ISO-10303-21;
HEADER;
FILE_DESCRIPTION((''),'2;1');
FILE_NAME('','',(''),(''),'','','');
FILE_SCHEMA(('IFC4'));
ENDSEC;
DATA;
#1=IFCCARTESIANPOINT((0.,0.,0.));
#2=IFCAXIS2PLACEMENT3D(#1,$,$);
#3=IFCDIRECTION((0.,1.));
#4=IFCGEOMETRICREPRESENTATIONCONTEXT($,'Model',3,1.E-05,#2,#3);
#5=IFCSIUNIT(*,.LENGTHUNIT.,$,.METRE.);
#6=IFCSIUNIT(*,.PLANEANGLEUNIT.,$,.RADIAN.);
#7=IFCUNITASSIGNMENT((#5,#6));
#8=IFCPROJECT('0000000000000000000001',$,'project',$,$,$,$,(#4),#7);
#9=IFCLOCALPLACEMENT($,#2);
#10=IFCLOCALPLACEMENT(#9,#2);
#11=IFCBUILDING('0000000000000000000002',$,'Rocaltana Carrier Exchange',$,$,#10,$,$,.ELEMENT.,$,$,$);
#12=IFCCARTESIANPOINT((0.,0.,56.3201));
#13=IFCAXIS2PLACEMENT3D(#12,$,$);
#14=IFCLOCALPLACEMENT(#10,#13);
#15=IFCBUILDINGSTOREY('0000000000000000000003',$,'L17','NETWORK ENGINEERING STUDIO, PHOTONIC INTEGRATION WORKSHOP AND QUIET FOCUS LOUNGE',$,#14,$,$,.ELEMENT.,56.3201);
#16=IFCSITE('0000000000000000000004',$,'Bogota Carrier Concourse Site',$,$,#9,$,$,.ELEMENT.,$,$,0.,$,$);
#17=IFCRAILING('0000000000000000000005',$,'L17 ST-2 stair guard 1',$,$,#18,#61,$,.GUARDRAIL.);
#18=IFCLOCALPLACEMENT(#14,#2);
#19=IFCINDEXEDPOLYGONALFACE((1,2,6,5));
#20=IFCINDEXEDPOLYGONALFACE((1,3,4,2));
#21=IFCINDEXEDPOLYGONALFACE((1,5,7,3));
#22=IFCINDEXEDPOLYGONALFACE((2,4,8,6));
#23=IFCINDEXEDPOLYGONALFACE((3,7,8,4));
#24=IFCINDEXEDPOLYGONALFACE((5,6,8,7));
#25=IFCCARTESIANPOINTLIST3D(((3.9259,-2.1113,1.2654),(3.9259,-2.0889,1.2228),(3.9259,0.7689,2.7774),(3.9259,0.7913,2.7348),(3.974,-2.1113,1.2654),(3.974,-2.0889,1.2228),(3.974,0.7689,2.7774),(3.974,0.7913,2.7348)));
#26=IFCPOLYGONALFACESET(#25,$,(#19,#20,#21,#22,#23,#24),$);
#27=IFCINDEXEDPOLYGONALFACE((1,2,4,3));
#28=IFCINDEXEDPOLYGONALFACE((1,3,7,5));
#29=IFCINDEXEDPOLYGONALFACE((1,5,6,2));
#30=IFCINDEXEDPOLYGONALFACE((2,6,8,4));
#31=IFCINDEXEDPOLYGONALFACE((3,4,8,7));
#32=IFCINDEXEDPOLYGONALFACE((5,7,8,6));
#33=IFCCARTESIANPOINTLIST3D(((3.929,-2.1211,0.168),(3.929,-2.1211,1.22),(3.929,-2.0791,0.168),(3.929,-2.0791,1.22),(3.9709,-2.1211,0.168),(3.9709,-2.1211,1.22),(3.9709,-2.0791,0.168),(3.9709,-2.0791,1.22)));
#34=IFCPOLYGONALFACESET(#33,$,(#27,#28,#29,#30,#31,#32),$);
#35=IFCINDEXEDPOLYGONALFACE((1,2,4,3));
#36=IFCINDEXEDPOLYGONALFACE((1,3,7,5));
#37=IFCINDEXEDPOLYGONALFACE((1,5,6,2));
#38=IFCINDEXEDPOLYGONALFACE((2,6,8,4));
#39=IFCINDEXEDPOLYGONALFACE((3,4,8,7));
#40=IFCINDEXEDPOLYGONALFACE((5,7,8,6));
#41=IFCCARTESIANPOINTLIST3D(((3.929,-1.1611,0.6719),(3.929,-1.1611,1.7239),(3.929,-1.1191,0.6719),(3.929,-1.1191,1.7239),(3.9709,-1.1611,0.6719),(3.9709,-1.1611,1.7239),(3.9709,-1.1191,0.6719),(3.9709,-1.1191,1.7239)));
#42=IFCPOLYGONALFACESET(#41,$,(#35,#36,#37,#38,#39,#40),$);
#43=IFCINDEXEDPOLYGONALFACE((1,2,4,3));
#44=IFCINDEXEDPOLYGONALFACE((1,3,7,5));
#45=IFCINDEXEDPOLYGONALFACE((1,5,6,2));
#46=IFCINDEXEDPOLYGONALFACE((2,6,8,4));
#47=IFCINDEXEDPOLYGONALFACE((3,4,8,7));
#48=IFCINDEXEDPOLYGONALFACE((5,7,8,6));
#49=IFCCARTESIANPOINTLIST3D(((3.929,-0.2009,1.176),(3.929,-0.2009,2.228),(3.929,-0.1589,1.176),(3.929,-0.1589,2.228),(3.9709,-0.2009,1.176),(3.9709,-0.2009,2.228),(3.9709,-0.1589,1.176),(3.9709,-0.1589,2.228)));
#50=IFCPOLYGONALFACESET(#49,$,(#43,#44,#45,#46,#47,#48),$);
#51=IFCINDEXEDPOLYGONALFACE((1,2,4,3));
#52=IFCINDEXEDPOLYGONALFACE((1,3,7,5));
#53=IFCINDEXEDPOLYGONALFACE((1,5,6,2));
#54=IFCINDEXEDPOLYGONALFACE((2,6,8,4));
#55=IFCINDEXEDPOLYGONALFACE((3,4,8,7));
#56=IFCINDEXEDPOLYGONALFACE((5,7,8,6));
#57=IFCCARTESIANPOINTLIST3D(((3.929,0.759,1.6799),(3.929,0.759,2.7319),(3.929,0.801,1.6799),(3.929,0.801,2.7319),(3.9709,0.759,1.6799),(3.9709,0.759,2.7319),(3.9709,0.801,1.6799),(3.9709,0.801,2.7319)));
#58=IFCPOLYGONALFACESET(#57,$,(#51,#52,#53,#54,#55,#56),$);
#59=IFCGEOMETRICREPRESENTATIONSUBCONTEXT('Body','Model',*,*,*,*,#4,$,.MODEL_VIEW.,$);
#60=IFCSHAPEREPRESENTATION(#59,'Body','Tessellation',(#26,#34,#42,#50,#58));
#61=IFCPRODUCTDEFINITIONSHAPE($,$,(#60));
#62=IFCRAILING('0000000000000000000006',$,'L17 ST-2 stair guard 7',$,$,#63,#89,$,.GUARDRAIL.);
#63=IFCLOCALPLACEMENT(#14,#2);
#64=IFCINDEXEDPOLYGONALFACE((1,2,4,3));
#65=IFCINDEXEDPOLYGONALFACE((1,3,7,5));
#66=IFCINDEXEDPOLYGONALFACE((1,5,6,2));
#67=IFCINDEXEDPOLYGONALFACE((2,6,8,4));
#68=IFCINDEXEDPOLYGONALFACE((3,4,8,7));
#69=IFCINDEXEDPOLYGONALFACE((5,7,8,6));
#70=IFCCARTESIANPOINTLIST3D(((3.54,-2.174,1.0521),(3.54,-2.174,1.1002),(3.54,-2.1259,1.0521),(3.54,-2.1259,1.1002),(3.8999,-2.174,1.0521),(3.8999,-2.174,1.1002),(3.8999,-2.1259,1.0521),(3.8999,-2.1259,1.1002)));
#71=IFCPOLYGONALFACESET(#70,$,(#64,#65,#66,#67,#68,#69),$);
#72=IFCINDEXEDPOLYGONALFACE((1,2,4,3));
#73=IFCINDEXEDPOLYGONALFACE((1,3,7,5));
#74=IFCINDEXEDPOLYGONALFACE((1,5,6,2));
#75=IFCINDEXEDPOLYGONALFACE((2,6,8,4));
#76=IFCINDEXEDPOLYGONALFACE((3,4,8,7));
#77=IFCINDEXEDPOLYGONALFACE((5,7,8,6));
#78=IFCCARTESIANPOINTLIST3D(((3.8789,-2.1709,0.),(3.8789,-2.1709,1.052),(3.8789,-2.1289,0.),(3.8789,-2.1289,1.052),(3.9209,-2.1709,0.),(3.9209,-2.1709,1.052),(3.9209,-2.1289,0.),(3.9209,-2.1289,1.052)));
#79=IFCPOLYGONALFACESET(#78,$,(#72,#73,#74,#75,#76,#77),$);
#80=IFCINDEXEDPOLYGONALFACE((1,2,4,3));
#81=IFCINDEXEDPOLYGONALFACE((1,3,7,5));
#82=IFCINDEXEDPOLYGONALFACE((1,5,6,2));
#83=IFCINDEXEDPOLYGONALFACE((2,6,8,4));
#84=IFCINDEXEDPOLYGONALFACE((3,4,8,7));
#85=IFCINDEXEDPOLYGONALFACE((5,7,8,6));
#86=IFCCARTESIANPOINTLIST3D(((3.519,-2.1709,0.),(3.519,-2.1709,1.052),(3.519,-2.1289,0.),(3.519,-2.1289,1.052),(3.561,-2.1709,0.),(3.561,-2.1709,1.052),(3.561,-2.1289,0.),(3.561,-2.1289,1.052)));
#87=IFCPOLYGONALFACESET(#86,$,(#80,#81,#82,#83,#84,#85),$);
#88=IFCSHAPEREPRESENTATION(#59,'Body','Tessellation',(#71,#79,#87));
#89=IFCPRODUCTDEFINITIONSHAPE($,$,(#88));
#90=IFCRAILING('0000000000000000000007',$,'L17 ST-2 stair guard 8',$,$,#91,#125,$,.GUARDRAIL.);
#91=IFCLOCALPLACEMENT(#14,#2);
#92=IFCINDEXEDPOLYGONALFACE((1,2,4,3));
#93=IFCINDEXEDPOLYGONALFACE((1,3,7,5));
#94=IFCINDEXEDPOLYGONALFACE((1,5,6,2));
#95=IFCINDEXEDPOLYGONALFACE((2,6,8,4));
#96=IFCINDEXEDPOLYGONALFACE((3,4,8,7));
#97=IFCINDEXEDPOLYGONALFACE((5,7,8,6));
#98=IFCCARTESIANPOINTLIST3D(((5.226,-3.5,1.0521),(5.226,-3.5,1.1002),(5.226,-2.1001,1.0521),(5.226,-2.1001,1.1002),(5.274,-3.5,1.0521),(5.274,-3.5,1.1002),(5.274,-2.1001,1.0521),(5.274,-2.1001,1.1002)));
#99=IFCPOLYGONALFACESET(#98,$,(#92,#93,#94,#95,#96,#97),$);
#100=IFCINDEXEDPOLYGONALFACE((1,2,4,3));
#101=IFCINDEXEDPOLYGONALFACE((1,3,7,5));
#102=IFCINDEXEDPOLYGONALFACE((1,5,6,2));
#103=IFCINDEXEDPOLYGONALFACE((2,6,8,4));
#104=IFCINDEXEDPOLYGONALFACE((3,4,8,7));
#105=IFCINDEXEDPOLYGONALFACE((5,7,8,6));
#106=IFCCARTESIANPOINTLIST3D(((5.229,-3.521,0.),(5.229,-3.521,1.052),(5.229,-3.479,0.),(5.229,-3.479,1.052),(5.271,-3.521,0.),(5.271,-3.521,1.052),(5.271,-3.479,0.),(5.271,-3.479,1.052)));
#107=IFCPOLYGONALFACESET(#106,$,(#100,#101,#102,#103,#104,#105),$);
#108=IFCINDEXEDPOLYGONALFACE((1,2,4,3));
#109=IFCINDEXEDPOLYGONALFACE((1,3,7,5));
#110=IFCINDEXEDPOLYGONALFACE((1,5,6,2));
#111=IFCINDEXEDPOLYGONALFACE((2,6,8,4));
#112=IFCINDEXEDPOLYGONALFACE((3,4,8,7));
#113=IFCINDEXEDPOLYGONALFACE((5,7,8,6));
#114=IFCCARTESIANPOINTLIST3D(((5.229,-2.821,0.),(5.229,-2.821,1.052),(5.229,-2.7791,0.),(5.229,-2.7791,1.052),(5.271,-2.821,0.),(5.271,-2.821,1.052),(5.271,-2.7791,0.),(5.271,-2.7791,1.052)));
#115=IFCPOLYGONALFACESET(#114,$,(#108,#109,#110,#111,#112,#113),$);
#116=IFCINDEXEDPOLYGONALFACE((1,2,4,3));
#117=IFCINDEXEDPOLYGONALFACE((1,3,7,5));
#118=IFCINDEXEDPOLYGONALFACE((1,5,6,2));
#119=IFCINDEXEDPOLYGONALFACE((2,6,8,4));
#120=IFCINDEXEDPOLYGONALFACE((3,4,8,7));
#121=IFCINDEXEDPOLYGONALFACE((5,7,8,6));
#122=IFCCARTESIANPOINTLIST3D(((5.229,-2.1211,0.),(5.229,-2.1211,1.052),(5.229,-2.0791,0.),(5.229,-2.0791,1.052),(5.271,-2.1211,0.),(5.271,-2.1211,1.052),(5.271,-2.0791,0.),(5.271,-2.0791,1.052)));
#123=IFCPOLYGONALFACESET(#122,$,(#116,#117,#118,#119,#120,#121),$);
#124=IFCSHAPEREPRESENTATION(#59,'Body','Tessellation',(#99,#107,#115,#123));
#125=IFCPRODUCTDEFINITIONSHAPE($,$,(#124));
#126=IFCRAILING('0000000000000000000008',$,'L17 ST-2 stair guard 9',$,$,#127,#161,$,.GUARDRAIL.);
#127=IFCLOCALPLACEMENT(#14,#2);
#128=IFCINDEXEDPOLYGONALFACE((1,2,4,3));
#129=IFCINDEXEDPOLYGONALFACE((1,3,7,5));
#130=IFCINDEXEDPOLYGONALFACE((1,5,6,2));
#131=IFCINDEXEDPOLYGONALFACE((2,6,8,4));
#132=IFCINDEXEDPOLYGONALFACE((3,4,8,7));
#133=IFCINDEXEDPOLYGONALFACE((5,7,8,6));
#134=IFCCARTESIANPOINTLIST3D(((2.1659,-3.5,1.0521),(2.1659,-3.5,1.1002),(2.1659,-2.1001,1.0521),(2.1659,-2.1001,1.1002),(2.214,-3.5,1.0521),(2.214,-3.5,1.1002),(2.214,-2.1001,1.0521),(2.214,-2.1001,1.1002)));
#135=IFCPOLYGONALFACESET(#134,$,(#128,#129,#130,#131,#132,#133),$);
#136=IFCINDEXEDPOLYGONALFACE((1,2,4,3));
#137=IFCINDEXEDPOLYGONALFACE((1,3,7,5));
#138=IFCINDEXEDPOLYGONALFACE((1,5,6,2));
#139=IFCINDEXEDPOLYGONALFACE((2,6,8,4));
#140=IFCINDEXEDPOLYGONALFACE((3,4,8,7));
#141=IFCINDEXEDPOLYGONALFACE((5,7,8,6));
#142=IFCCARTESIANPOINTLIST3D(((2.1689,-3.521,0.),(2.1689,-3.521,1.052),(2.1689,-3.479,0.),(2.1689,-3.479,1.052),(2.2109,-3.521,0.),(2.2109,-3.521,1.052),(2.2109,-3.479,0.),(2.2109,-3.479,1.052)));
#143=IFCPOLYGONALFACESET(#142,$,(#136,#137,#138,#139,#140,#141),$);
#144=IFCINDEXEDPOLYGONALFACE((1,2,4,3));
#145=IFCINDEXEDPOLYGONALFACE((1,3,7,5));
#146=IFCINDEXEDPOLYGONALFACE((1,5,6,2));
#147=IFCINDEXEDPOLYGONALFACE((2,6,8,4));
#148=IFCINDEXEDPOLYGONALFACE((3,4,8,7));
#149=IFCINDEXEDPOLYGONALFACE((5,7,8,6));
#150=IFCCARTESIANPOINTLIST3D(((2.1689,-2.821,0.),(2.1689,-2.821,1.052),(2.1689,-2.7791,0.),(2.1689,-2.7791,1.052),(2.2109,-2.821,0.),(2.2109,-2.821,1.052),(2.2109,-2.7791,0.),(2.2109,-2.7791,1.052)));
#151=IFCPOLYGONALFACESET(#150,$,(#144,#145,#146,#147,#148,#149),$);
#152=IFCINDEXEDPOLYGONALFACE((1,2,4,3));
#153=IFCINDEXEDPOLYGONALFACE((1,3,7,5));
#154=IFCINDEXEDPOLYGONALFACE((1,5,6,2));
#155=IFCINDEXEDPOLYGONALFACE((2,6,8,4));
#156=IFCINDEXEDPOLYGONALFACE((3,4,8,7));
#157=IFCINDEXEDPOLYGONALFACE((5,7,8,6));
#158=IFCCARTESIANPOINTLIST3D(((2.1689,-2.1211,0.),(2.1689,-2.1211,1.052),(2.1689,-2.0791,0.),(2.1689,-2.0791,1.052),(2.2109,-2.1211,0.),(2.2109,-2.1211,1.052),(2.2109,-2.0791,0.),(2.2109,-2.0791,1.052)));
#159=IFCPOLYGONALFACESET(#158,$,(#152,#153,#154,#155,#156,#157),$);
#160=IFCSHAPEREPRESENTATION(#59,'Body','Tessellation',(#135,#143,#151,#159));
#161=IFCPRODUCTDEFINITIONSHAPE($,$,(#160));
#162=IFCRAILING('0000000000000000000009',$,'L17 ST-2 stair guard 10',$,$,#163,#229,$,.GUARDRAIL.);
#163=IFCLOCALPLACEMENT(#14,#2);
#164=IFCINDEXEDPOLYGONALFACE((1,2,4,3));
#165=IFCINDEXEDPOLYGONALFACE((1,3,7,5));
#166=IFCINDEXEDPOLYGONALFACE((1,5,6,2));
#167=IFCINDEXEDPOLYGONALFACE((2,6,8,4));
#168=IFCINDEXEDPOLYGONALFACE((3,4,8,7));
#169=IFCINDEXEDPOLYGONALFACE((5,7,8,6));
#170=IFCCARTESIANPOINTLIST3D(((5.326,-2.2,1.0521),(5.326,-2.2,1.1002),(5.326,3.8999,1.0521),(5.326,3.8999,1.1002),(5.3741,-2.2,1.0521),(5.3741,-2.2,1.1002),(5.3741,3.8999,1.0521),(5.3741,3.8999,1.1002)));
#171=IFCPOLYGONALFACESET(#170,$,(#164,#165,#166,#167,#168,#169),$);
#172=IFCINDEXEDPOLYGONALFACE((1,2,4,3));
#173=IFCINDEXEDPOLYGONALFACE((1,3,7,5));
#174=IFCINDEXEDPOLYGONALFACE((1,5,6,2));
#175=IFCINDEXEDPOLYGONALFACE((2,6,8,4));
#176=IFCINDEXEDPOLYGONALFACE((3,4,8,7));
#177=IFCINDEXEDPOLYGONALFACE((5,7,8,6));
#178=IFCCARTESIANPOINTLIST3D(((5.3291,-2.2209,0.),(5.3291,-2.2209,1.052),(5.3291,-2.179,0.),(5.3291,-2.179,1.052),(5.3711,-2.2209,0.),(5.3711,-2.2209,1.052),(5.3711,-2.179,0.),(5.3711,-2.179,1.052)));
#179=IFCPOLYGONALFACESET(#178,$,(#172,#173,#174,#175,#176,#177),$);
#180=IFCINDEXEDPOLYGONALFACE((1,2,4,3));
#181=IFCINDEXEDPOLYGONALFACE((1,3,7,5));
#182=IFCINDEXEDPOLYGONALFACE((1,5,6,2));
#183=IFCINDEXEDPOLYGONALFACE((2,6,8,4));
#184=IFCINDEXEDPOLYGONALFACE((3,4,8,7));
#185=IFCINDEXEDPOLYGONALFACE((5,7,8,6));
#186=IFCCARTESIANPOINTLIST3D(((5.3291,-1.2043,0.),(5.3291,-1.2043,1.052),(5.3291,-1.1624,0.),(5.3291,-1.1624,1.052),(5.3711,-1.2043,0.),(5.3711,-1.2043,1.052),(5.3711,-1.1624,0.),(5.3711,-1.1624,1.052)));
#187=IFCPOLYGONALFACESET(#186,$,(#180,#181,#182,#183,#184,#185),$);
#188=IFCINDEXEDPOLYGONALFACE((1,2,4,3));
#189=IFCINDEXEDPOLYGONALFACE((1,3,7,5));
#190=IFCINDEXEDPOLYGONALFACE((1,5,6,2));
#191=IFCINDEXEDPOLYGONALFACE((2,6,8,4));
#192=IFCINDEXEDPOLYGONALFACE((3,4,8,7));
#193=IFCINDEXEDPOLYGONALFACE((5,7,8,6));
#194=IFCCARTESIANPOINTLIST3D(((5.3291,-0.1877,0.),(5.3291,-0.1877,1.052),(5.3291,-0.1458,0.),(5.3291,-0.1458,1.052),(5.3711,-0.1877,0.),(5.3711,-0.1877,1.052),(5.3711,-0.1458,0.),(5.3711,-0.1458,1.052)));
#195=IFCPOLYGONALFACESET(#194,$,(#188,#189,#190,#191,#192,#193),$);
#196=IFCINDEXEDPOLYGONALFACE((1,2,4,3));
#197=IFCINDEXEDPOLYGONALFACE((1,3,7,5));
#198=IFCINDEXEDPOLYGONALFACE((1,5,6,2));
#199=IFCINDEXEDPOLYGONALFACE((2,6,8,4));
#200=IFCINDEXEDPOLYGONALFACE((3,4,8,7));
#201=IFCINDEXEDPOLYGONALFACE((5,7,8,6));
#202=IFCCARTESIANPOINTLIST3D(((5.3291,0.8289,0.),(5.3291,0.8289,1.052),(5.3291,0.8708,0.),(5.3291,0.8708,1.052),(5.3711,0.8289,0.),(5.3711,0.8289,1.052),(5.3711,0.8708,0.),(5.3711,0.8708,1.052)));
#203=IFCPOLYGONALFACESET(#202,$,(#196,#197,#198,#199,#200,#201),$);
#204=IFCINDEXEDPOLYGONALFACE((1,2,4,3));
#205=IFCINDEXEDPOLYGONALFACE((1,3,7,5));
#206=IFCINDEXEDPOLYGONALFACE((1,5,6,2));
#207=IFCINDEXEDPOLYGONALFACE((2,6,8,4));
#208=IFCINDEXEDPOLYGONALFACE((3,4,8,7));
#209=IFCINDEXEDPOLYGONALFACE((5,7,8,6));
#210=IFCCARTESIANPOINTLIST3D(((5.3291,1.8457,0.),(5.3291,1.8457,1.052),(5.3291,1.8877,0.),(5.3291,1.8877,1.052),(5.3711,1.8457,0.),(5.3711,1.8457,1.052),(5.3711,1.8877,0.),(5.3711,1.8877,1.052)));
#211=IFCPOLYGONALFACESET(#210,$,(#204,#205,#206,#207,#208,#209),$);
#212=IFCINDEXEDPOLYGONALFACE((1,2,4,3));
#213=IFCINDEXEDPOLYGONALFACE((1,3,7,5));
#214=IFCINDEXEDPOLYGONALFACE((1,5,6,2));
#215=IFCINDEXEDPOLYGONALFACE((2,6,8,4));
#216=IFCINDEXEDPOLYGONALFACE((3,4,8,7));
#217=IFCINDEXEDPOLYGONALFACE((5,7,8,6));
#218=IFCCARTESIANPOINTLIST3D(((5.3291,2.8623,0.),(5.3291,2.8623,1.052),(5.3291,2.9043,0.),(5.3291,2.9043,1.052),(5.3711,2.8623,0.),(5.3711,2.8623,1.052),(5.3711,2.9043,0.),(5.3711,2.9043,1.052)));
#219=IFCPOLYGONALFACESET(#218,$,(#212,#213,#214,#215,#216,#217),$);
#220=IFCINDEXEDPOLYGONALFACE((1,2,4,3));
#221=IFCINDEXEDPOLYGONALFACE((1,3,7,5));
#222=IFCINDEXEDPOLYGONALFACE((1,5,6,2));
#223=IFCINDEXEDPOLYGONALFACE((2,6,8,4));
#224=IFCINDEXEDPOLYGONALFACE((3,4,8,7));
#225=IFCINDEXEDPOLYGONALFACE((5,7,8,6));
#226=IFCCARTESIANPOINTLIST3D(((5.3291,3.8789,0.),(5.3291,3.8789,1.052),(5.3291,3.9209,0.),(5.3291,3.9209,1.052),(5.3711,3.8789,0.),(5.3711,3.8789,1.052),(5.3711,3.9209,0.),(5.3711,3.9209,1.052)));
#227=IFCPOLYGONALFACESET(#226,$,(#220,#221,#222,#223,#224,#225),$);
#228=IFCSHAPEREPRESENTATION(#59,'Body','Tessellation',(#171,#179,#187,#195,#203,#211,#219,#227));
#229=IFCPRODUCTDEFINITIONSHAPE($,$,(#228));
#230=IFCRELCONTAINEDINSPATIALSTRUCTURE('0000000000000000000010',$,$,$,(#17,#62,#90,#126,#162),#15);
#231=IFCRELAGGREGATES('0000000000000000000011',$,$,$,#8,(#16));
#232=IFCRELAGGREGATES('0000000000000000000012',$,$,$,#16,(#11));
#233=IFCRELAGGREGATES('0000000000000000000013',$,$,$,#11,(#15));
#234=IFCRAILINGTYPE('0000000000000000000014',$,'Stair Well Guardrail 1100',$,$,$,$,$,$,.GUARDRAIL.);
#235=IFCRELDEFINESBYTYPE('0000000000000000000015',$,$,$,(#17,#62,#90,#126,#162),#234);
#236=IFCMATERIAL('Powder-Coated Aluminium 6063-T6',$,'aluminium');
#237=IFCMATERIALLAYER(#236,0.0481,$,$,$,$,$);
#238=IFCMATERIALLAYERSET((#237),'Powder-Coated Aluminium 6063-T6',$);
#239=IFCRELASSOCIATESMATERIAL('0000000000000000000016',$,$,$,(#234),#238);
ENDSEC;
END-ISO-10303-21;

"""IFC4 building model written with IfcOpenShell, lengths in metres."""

from ifc_helpers import new_model, si_unit, direction, frame, origin, origin_2d, place, context, subcontext, project, spatial, rectangle, extrude, material, layer, layer_set, type_object, element, save


model = new_model("IFC4")

# Units and contexts
model_context = context("Model", 3, precision=1e-05, world=origin(), true_north=direction((0.0, 1.0)))
body_context = subcontext(model_context, "Body", "Model", "MODEL_VIEW")
ifc_project = project(units=[si_unit("LENGTHUNIT", "METRE"), si_unit("PLANEANGLEUNIT", "RADIAN")], contexts=[model_context])

# Site, building, storey
site_placement = place(None, origin())
site = spatial("IfcSite", under=ifc_project, at=site_placement, Name="Bogota Carrier Concourse Site", CompositionType="ELEMENT", RefElevation=0.0)
building_placement = place(site_placement, origin())
building = spatial("IfcBuilding", under=site, at=building_placement, Name="Rocaltana Carrier Exchange", CompositionType="ELEMENT")
storey_placement = place(building_placement, frame((0.0, 0.0, 56.3201)))
storey = spatial("IfcBuildingStorey", under=building, at=storey_placement, Name="L17", Description="NETWORK ENGINEERING STUDIO, PHOTONIC INTEGRATION WORKSHOP AND QUIET FOCUS LOUNGE", CompositionType="ELEMENT", Elevation=56.3201)

# Railings
ifc_material_1 = material(Name="Powder-Coated Aluminium 6063-T6", Category="aluminium")
ifc_layer_1 = layer(ifc_material_1, 0.0481)
ifc_layer_set_1 = layer_set([ifc_layer_1], Name="Powder-Coated Aluminium 6063-T6")
railing_type_1 = type_object("IfcRailingType", Name="Stair Well Guardrail 1100", PredefinedType="GUARDRAIL", material=ifc_layer_set_1)
railing_1_placement = place(storey_placement, frame((3.95, -2.1001, 0.168)))
element("IfcRailing", 1, at=railing_1_placement, inside=storey, type_object=railing_type_1, Name="L17 ST-2 stair guard 1", PredefinedType="GUARDRAIL", context=body_context, shape_type="SweptSolid", body=[
    extrude(rectangle(XDim=0.0481, YDim=0.0481, at=origin_2d()), frame((0.0, 0.0, 1.0762), z_axis=(0.0, 0.885411, 0.464809), x_axis=(-1.0, 0.0, 0.0)), (0.0, 0.0, 1.0), 3.2529),
    extrude(rectangle(XDim=0.042, YDim=0.042, at=origin_2d()), origin(), (0.0, 0.0, 1.0), 1.052),
    extrude(rectangle(XDim=0.042, YDim=0.042, at=origin_2d()), frame((0.0, 0.96, 0.5039)), (0.0, 0.0, 1.0), 1.052),
    extrude(rectangle(XDim=0.042, YDim=0.042, at=origin_2d()), frame((0.0, 1.9202, 1.0081)), (0.0, 0.0, 1.0), 1.052),
    extrude(rectangle(XDim=0.042, YDim=0.042, at=origin_2d()), frame((0.0, 2.8801, 1.512)), (0.0, 0.0, 1.0), 1.052),
])
railing_2_placement = place(storey_placement, frame((3.8999, -2.1499, 0.0)))
element("IfcRailing", 2, at=railing_2_placement, inside=storey, type_object=railing_type_1, Name="L17 ST-2 stair guard 7", PredefinedType="GUARDRAIL", context=body_context, shape_type="SweptSolid", body=[
    extrude(rectangle(XDim=0.0481, YDim=0.0481, at=origin_2d()), frame((0.0, 0.0, 1.0762), z_axis=(-1.0, 0.0, 0.0), x_axis=(0.0, -1.0, 0.0)), (0.0, 0.0, 1.0), 0.3599),
    extrude(rectangle(XDim=0.042, YDim=0.042, at=origin_2d()), origin(), (0.0, 0.0, 1.0), 1.052),
    extrude(rectangle(XDim=0.042, YDim=0.042, at=origin_2d()), frame((-0.3599, 0.0, 0.0)), (0.0, 0.0, 1.0), 1.052),
])
for number, where, name in (
    (3, (5.25, -3.5, 0.0), "L17 ST-2 stair guard 8"),
    (4, (2.1899, -3.5, 0.0), "L17 ST-2 stair guard 9"),
):
    element("IfcRailing", number, at=place(storey_placement, frame(where)), inside=storey, type_object=railing_type_1, Name=name, PredefinedType="GUARDRAIL", context=body_context, shape_type="SweptSolid", body=[
        extrude(rectangle(XDim=0.0481, YDim=0.0481, at=origin_2d()), frame((0.0, 0.0, 1.0762), z_axis=(0.0, 1.0, 0.0), x_axis=(-1.0, 0.0, 0.0)), (0.0, 0.0, 1.0), 1.3999),
        extrude(rectangle(XDim=0.042, YDim=0.042, at=origin_2d()), origin(), (0.0, 0.0, 1.0), 1.052),
        extrude(rectangle(XDim=0.042, YDim=0.042, at=origin_2d()), frame((0.0, 0.7, 0.0)), (0.0, 0.0, 1.0), 1.052),
        extrude(rectangle(XDim=0.042, YDim=0.042, at=origin_2d()), frame((0.0, 1.3999, 0.0)), (0.0, 0.0, 1.0), 1.052),
    ])
for number, where, name in (
    (5, (5.3501, -2.2, 0.0), "L17 ST-2 stair guard 10"),
):
    element("IfcRailing", number, at=place(storey_placement, frame(where)), inside=storey, type_object=railing_type_1, Name=name, PredefinedType="GUARDRAIL", context=body_context, shape_type="SweptSolid", body=[
        extrude(rectangle(XDim=0.0481, YDim=0.0481, at=origin_2d()), frame((0.0, 0.0, 1.0762), z_axis=(0.0, 1.0, 0.0), x_axis=(-1.0, 0.0, 0.0)), (0.0, 0.0, 1.0), 6.0999),
        extrude(rectangle(XDim=0.042, YDim=0.042, at=origin_2d()), origin(), (0.0, 0.0, 1.0), 1.052),
        extrude(rectangle(XDim=0.042, YDim=0.042, at=origin_2d()), frame((0.0, 1.0166, 0.0)), (0.0, 0.0, 1.0), 1.052),
        extrude(rectangle(XDim=0.042, YDim=0.042, at=origin_2d()), frame((0.0, 2.0332, 0.0)), (0.0, 0.0, 1.0), 1.052),
        extrude(rectangle(XDim=0.042, YDim=0.042, at=origin_2d()), frame((0.0, 3.0498, 0.0)), (0.0, 0.0, 1.0), 1.052),
        extrude(rectangle(XDim=0.042, YDim=0.042, at=origin_2d()), frame((0.0, 4.0667, 0.0)), (0.0, 0.0, 1.0), 1.052),
        extrude(rectangle(XDim=0.042, YDim=0.042, at=origin_2d()), frame((0.0, 5.0833, 0.0)), (0.0, 0.0, 1.0), 1.052),
        extrude(rectangle(XDim=0.042, YDim=0.042, at=origin_2d()), frame((0.0, 6.0999, 0.0)), (0.0, 0.0, 1.0), 1.052),
    ])

save(model, "model.ifc")
